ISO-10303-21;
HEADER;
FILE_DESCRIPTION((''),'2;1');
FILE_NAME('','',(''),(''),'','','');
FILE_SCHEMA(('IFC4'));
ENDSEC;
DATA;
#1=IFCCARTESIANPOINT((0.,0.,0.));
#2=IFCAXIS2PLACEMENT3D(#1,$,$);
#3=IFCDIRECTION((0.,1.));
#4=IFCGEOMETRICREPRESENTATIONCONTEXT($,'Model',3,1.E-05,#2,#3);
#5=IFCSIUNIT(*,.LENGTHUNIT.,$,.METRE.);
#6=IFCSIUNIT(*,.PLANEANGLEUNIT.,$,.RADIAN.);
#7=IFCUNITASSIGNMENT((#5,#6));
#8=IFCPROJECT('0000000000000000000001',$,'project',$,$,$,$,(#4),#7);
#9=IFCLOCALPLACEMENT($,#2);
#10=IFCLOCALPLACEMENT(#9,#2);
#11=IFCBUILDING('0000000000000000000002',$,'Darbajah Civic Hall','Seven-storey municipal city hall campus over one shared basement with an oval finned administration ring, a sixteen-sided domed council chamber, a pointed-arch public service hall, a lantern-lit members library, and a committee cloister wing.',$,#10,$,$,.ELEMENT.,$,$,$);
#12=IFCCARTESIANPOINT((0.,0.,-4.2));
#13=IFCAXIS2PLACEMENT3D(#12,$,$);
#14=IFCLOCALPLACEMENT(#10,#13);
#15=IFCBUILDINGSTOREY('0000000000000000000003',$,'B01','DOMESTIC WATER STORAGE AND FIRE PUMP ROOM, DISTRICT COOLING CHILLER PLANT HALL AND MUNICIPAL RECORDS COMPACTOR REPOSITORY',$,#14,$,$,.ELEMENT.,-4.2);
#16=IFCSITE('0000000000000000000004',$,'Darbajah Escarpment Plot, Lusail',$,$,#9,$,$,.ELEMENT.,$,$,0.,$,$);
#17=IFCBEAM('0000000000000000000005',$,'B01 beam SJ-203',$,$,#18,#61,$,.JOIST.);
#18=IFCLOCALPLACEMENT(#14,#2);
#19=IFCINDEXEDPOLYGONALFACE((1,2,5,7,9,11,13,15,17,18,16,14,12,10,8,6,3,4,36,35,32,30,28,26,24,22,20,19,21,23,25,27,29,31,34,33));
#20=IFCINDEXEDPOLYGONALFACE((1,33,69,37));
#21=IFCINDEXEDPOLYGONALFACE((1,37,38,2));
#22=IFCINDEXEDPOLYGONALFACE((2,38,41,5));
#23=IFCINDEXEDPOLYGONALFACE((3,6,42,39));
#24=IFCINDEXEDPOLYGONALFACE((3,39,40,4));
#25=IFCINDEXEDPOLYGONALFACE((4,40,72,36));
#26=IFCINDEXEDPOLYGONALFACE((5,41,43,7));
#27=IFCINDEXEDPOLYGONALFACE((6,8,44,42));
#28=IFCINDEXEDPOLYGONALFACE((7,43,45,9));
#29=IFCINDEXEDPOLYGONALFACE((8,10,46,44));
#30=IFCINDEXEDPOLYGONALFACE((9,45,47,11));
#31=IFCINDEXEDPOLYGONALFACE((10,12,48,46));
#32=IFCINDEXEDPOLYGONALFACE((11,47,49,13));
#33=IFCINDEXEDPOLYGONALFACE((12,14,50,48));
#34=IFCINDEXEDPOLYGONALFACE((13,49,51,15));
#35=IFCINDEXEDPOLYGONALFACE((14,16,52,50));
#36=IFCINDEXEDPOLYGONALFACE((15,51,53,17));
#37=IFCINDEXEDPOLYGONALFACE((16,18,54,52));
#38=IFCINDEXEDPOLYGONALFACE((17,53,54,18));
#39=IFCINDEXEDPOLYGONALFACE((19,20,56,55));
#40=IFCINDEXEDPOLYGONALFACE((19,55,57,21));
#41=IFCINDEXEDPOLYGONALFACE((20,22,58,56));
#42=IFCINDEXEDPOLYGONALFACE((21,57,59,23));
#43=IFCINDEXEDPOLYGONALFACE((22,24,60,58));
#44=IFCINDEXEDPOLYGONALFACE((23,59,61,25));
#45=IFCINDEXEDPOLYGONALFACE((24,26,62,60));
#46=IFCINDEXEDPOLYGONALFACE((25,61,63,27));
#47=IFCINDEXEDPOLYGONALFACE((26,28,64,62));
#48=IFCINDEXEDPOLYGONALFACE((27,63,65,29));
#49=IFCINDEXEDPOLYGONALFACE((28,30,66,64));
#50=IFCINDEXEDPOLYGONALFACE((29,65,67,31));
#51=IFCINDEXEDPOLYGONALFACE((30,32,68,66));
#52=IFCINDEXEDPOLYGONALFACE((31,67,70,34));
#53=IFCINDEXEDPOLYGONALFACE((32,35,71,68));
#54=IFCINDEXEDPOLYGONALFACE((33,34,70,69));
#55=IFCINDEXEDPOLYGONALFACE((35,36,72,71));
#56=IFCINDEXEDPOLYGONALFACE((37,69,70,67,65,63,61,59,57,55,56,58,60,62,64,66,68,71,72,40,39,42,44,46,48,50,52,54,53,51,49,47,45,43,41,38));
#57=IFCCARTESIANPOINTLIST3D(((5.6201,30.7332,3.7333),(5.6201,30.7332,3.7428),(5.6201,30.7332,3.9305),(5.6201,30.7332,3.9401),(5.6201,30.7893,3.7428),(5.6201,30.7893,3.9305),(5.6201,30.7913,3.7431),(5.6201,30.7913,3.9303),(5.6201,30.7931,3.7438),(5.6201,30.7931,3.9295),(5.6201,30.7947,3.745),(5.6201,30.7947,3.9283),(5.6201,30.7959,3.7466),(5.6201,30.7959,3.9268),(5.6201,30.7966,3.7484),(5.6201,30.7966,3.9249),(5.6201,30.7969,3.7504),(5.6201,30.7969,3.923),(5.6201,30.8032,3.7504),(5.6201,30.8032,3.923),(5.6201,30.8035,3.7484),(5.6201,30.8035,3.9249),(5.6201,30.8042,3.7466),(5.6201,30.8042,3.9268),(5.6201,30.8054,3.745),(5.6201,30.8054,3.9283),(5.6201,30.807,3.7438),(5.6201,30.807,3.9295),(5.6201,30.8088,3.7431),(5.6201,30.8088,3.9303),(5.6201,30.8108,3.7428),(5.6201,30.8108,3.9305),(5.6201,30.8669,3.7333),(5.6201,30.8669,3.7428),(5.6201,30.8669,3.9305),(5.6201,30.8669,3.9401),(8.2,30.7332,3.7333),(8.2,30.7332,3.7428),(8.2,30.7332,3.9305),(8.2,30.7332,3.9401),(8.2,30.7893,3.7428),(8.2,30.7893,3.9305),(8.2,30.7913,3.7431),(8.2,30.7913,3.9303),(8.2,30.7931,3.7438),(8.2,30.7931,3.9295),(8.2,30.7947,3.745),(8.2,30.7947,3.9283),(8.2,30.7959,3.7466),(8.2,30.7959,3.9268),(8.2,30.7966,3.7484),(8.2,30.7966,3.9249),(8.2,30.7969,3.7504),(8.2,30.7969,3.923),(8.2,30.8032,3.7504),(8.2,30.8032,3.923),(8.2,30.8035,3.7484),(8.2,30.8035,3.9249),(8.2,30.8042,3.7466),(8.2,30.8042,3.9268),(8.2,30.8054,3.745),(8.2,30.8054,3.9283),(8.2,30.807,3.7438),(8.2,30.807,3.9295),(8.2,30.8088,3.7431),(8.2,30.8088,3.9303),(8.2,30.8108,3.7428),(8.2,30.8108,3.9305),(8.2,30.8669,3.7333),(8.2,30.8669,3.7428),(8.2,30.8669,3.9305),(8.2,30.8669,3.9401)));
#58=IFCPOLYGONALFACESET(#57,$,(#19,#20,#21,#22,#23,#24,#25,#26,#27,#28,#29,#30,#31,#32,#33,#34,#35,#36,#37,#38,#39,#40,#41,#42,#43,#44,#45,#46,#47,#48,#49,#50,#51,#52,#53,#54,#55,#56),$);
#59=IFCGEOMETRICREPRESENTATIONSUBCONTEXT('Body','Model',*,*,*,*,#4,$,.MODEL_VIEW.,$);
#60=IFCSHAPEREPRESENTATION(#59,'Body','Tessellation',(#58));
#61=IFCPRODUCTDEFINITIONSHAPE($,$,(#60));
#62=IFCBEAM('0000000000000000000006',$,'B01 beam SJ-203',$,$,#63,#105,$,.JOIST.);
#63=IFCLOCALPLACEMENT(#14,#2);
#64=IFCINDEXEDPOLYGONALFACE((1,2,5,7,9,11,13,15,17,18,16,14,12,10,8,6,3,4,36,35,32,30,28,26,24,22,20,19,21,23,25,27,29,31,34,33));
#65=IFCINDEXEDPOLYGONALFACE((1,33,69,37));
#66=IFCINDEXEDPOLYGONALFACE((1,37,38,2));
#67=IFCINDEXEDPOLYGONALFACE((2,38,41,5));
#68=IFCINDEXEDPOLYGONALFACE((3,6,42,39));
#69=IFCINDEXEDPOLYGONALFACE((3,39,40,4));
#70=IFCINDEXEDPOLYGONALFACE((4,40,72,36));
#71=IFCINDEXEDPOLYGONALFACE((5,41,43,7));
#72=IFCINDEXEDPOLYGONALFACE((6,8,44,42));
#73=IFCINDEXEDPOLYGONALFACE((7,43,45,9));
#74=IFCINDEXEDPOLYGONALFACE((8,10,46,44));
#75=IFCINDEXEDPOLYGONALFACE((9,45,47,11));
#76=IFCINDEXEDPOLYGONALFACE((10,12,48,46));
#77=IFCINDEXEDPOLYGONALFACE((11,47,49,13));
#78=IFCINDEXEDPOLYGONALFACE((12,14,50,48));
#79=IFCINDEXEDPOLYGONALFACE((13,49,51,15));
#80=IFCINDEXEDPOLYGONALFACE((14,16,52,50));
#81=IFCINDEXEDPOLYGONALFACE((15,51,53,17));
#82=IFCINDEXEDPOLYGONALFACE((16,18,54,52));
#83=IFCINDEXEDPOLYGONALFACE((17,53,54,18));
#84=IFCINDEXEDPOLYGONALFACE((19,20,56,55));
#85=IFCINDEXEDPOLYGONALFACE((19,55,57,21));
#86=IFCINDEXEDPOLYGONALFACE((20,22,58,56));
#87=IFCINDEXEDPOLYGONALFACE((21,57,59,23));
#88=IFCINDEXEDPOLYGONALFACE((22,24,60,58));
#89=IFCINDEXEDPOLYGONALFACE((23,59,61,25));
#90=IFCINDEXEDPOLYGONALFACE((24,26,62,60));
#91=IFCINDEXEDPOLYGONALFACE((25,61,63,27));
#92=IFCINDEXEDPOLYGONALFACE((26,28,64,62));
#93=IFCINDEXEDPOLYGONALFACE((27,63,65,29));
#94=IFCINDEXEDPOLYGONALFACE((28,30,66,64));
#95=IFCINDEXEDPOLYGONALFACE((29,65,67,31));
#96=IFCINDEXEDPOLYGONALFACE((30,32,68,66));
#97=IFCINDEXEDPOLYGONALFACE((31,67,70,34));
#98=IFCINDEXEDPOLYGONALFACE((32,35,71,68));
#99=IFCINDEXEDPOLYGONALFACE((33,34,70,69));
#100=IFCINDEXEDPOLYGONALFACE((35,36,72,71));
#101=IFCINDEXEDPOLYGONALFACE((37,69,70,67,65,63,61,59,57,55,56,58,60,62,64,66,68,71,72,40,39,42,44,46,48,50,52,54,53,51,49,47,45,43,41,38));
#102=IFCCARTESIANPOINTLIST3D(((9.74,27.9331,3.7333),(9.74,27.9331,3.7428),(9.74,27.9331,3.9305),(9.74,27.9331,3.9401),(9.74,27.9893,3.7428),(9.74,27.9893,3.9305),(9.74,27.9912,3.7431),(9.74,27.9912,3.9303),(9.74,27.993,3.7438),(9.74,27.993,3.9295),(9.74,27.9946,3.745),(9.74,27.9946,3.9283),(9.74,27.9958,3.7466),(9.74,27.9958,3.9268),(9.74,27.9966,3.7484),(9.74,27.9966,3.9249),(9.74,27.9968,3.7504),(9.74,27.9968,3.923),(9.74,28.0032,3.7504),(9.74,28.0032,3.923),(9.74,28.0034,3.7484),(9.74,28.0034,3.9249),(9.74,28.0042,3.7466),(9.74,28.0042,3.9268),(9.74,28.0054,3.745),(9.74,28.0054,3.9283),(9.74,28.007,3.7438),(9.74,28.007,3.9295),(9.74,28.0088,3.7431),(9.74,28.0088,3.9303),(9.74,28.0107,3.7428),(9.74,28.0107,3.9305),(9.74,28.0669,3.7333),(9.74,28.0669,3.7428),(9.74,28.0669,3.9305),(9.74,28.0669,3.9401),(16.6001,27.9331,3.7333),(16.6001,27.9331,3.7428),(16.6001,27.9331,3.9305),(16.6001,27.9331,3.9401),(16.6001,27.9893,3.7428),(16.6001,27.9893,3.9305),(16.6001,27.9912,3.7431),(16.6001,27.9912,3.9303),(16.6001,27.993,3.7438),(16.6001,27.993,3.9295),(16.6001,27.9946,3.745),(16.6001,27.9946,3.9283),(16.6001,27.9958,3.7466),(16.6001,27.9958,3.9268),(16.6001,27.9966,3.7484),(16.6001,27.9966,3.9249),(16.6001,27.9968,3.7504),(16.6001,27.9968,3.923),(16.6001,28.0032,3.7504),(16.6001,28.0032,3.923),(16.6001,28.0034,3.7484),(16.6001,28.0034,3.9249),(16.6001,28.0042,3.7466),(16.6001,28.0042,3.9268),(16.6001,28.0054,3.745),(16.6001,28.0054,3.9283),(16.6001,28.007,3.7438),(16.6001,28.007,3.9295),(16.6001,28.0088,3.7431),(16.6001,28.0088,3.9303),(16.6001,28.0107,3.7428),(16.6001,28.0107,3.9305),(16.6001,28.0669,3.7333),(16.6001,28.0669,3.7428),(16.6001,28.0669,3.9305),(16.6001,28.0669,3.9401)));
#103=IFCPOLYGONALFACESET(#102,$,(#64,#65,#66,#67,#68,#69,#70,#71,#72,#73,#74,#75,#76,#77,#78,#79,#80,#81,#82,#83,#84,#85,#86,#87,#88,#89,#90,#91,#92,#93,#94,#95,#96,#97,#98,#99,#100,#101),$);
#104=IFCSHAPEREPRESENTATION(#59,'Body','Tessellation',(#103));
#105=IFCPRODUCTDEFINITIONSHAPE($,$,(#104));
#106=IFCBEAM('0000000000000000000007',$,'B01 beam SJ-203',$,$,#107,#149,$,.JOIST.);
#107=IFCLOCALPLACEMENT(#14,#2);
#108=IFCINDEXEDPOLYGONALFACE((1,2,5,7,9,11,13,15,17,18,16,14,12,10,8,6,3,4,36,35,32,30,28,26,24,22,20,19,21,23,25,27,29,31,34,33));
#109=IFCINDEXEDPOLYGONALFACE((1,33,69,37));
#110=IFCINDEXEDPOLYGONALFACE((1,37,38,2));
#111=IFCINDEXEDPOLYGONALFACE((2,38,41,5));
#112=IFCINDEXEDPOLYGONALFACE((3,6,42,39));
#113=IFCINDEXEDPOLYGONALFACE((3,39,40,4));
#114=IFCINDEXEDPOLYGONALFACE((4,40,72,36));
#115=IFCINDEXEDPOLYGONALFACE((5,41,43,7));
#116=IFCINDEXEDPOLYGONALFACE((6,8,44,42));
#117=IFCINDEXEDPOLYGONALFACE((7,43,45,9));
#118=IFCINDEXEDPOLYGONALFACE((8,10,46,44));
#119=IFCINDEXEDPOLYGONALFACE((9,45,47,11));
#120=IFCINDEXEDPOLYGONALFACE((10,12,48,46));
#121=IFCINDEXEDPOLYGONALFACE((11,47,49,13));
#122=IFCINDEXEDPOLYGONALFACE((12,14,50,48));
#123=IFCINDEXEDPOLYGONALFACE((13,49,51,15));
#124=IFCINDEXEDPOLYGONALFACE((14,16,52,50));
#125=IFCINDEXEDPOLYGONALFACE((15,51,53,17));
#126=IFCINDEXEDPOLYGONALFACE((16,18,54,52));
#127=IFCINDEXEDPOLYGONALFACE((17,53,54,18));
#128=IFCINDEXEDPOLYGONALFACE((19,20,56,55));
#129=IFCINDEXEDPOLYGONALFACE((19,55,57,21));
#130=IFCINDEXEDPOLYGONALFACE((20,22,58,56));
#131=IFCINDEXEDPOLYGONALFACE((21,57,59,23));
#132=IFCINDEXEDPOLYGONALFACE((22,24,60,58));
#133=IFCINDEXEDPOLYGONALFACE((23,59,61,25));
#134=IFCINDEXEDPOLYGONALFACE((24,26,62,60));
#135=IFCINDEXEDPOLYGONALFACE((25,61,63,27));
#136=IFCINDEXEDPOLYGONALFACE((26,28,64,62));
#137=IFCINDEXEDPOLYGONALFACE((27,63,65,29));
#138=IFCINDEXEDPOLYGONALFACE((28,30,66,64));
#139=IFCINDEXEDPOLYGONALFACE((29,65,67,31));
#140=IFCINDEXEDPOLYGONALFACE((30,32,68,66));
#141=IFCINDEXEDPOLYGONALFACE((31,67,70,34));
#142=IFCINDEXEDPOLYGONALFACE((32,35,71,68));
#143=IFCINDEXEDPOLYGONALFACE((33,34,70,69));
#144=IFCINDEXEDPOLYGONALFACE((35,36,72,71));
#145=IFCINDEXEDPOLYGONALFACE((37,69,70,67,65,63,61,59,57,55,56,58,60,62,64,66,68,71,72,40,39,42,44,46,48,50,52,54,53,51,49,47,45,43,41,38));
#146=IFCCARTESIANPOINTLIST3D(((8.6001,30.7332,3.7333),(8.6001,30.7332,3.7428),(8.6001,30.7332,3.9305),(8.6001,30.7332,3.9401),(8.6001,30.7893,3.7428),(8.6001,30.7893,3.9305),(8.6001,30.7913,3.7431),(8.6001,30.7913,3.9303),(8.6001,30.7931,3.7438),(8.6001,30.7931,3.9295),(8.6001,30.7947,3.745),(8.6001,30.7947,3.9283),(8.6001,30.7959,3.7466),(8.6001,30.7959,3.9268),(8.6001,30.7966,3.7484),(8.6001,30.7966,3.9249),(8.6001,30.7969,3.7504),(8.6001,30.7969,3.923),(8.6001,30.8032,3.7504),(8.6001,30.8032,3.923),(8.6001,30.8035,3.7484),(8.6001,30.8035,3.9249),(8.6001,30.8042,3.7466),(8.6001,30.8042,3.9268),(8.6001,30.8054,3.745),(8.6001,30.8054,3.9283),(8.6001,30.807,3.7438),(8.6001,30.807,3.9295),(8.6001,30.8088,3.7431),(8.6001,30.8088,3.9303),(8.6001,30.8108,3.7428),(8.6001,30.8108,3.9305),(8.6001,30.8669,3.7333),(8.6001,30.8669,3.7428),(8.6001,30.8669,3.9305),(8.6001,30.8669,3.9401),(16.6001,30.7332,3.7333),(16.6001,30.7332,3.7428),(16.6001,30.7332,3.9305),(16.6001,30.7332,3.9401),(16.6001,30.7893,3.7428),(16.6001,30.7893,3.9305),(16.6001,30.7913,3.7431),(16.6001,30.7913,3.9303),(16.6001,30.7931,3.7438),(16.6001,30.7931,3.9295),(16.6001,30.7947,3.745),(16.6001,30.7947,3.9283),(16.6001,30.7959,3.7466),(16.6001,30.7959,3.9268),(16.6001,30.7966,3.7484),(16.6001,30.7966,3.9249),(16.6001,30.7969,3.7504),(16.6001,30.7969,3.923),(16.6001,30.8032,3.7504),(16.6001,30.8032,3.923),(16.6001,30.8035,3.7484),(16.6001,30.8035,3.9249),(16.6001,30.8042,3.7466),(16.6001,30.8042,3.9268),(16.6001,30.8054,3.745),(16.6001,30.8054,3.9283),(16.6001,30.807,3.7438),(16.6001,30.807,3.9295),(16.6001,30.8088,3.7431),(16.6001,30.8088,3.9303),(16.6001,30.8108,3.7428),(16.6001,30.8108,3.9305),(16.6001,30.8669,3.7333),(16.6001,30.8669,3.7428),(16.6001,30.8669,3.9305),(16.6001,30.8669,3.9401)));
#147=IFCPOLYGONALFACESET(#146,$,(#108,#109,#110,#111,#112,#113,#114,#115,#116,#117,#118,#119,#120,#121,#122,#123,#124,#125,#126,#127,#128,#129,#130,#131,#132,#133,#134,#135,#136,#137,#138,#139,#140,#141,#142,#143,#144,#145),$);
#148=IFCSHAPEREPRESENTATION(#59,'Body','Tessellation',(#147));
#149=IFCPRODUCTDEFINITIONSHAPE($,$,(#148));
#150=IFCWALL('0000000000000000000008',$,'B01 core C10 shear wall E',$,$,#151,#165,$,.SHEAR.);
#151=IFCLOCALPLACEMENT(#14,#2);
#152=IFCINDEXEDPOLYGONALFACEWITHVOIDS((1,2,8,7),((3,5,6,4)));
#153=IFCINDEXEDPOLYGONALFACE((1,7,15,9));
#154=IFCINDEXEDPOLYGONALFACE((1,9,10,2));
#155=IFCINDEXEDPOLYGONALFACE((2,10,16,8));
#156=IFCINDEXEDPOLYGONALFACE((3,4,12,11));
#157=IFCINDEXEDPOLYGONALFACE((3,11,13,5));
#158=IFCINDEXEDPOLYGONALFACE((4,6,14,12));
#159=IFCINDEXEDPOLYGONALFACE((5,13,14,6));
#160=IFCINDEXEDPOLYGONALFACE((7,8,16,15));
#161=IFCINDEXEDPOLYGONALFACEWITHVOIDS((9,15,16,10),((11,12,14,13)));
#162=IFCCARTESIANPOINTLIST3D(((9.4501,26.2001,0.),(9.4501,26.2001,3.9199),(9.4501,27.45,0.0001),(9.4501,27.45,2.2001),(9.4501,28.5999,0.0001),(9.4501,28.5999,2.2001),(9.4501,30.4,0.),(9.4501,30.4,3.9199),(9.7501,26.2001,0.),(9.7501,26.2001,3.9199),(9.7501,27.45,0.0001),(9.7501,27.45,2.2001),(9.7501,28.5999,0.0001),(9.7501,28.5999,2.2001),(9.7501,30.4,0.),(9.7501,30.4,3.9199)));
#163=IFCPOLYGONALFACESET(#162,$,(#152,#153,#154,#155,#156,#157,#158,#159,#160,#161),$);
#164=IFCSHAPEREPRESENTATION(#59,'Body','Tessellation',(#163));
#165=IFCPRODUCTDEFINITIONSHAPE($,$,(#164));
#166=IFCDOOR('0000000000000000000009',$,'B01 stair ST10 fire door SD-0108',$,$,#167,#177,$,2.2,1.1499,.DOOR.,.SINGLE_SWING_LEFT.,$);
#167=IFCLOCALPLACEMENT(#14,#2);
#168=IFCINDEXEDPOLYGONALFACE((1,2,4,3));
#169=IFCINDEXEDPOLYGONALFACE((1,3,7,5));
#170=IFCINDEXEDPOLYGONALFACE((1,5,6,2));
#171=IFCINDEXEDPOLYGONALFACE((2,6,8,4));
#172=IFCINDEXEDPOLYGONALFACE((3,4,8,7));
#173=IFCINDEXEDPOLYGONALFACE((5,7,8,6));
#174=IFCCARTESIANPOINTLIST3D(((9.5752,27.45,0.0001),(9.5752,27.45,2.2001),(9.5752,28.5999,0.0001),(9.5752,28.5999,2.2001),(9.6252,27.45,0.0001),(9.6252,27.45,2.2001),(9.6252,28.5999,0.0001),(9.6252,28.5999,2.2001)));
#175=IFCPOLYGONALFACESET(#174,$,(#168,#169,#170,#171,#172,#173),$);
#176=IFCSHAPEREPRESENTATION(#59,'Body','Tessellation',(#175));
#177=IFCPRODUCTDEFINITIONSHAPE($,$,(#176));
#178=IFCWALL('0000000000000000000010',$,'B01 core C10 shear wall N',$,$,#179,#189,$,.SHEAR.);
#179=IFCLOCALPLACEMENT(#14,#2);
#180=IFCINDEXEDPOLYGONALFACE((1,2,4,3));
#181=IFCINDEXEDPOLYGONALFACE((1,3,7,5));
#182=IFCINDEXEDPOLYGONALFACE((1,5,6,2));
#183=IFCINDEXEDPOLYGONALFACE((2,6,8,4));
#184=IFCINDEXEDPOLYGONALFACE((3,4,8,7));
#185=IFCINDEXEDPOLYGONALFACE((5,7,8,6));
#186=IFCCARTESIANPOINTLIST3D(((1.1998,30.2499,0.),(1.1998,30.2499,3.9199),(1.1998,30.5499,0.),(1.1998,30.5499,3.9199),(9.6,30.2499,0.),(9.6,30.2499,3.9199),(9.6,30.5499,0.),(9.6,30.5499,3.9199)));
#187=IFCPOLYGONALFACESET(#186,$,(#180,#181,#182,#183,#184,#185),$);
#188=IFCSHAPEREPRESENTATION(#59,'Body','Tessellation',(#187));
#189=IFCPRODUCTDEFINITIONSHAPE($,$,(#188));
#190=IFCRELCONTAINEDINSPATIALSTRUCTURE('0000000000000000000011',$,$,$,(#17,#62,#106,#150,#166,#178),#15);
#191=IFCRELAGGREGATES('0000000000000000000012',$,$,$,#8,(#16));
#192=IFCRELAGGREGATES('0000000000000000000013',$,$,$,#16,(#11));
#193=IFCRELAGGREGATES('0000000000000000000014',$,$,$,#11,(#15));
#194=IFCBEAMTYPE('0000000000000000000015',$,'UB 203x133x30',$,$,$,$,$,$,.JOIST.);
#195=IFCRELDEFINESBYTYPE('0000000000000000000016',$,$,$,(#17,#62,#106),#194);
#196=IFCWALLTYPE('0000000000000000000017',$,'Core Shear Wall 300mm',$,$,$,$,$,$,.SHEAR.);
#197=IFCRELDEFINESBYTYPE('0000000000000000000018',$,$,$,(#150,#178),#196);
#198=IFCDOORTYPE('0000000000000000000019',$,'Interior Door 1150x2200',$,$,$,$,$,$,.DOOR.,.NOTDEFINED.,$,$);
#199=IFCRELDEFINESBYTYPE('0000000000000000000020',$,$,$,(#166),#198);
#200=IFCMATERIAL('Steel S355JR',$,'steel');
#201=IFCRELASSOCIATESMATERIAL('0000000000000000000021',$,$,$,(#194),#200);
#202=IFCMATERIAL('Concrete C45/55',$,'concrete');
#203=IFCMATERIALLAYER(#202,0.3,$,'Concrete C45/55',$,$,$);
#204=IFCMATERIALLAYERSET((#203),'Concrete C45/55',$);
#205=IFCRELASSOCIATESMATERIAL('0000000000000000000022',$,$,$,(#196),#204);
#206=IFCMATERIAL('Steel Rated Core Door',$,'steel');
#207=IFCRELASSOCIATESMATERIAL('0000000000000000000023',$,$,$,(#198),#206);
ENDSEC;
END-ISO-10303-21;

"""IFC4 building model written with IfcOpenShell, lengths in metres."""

from ifc_helpers import new_model, si_unit, direction, frame, frame_2d, origin, origin_2d, place, context, subcontext, project, spatial, rectangle, i_section, extrude, material, layer, layer_set, material_profile, profile_set, type_object, element, fill, save


model = new_model("IFC4")

# Units and contexts
model_context = context("Model", 3, precision=1e-05, world=origin(), true_north=direction((0.0, 1.0)))
body_context = subcontext(model_context, "Body", "Model", "MODEL_VIEW")
ifc_project = project(units=[si_unit("LENGTHUNIT", "METRE"), si_unit("PLANEANGLEUNIT", "RADIAN")], contexts=[model_context])

# Site, building, storey
site_placement = place(None, origin())
site = spatial("IfcSite", under=ifc_project, at=site_placement, Name="Darbajah Escarpment Plot, Lusail", CompositionType="ELEMENT", RefElevation=0.0)
building_placement = place(site_placement, origin())
building = spatial("IfcBuilding", under=site, at=building_placement, Name="Darbajah Civic Hall", Description="Seven-storey municipal city hall campus over one shared basement with an oval finned administration ring, a sixteen-sided domed council chamber, a pointed-arch public service hall, a lantern-lit members library, and a committee cloister wing.", CompositionType="ELEMENT")
storey_placement = place(building_placement, frame((0.0, 0.0, -4.2)))
storey = spatial("IfcBuildingStorey", under=building, at=storey_placement, Name="B01", Description="DOMESTIC WATER STORAGE AND FIRE PUMP ROOM, DISTRICT COOLING CHILLER PLANT HALL AND MUNICIPAL RECORDS COMPACTOR REPOSITORY", CompositionType="ELEMENT", Elevation=-4.2)

# Shared definitions
ifc_material_1 = material(Name="Concrete C45/55", Category="concrete")

# Beams
ifc_material_2 = material(Name="Steel S355JR", Category="steel")
ifc_material_profile_1 = material_profile(ifc_material_2, i_section(OverallWidth=0.1338, OverallDepth=0.2068, WebThickness=0.0063, FlangeThickness=0.0095, FilletRadius=0.0076, at=origin_2d()), Name="UB 203x133x30")
ifc_profile_set_1 = profile_set([ifc_material_profile_1], Name="Steel S355JR")
beam_type_1 = type_object("IfcBeamType", Name="UB 203x133x30", PredefinedType="JOIST", material=ifc_profile_set_1)
beam_1_placement = place(storey_placement, frame((5.6201, 30.8, 3.8367), z_axis=(1.0, 0.0, 0.0), x_axis=(0.0, 1.0, 0.0)))
element("IfcBeam", 1, at=beam_1_placement, inside=storey, type_object=beam_type_1, Name="B01 beam SJ-203", PredefinedType="JOIST", context=body_context, shape_type="SweptSolid", body=[
    extrude(i_section(OverallWidth=0.1338, OverallDepth=0.2068, WebThickness=0.0063, FlangeThickness=0.0095, FilletRadius=0.0076, at=origin_2d()), origin(), (0.0, 0.0, 1.0), 2.5798),
])
beam_2_placement = place(storey_placement, frame((9.74, 28.0, 3.8367), z_axis=(1.0, 0.0, 0.0), x_axis=(0.0, 1.0, 0.0)))
element("IfcBeam", 2, at=beam_2_placement, inside=storey, type_object=beam_type_1, Name="B01 beam SJ-203", PredefinedType="JOIST", context=body_context, shape_type="SweptSolid", body=[
    extrude(i_section(OverallWidth=0.1338, OverallDepth=0.2068, WebThickness=0.0063, FlangeThickness=0.0095, FilletRadius=0.0076, at=origin_2d()), origin(), (0.0, 0.0, 1.0), 6.8601),
])
beam_3_placement = place(storey_placement, frame((8.6001, 30.8, 3.8367), z_axis=(1.0, 0.0, 0.0), x_axis=(0.0, 1.0, 0.0)))
element("IfcBeam", 3, at=beam_3_placement, inside=storey, type_object=beam_type_1, Name="B01 beam SJ-203", PredefinedType="JOIST", context=body_context, shape_type="SweptSolid", body=[
    extrude(i_section(OverallWidth=0.1338, OverallDepth=0.2068, WebThickness=0.0063, FlangeThickness=0.0095, FilletRadius=0.0076, at=origin_2d()), origin(), (0.0, 0.0, 1.0), 8.0),
])

# Wall, opening, door
ifc_layer_1 = layer(ifc_material_1, 0.3, Name="Concrete C45/55")
ifc_layer_set_1 = layer_set([ifc_layer_1], Name="Concrete C45/55")
wall_type_1 = type_object("IfcWallType", Name="Core Shear Wall 300mm", PredefinedType="SHEAR", material=ifc_layer_set_1)
wall_1_placement = place(storey_placement, frame((9.6001, 26.2, 0.0), z_axis=(0.0, 0.0, 1.0), x_axis=(0.0, 1.0, 0.0)))
wall_1 = element("IfcWall", 4, at=wall_1_placement, inside=storey, type_object=wall_type_1, Name="B01 core C10 shear wall E", PredefinedType="SHEAR", context=body_context, shape_type="SweptSolid", body=[
    extrude(rectangle(XDim=4.2, YDim=0.3, at=frame_2d((2.1001, 0.0))), origin(), (0.0, 0.0, 1.0), 3.9199),
])
opening_1_placement = place(wall_1_placement, frame((1.25, 0.0, 0.0)))
opening_1 = element("IfcOpeningElement", 5, at=opening_1_placement, cuts=wall_1, PredefinedType="OPENING", context=body_context, shape_type="SweptSolid", body=[
    extrude(rectangle(XDim=1.1499, YDim=2.2, at=frame_2d((0.575, 1.1001))), frame((0.0, 0.1599, 0.0), z_axis=(0.0, -1.0, 0.0), x_axis=(1.0, 0.0, 0.0)), (0.0, 0.0, 1.0), 0.3201),
])
ifc_material_3 = material(Name="Steel Rated Core Door", Category="steel")
door_type_1 = type_object("IfcDoorType", Name="Interior Door 1150x2200", OperationType="NOTDEFINED", PredefinedType="DOOR", material=ifc_material_3)
door_1_placement = place(opening_1_placement, origin())
door_1 = element("IfcDoor", 6, at=door_1_placement, inside=storey, type_object=door_type_1, Name="B01 stair ST10 fire door SD-0108", OperationType="SINGLE_SWING_LEFT", OverallHeight=2.2, OverallWidth=1.1499, PredefinedType="DOOR", context=body_context, shape_type="SweptSolid", body=[
    extrude(rectangle(XDim=1.1499, YDim=2.2, at=frame_2d((0.575, 1.1001))), frame((0.0, 0.0249, 0.0), z_axis=(0.0, -1.0, 0.0), x_axis=(1.0, 0.0, 0.0)), (0.0, 0.0, 1.0), 0.05),
])
fill(opening_1, door_1)

# Wall
wall_2_placement = place(storey_placement, frame((9.6001, 30.3999, 0.0), z_axis=(0.0, 0.0, 1.0), x_axis=(-1.0, 0.0, 0.0)))
element("IfcWall", 7, at=wall_2_placement, inside=storey, type_object=wall_type_1, Name="B01 core C10 shear wall N", PredefinedType="SHEAR", context=body_context, shape_type="SweptSolid", body=[
    extrude(rectangle(XDim=8.4001, YDim=0.3, at=frame_2d((4.2002, 0.0))), origin(), (0.0, 0.0, 1.0), 3.9199),
])

save(model, "model.ifc")
